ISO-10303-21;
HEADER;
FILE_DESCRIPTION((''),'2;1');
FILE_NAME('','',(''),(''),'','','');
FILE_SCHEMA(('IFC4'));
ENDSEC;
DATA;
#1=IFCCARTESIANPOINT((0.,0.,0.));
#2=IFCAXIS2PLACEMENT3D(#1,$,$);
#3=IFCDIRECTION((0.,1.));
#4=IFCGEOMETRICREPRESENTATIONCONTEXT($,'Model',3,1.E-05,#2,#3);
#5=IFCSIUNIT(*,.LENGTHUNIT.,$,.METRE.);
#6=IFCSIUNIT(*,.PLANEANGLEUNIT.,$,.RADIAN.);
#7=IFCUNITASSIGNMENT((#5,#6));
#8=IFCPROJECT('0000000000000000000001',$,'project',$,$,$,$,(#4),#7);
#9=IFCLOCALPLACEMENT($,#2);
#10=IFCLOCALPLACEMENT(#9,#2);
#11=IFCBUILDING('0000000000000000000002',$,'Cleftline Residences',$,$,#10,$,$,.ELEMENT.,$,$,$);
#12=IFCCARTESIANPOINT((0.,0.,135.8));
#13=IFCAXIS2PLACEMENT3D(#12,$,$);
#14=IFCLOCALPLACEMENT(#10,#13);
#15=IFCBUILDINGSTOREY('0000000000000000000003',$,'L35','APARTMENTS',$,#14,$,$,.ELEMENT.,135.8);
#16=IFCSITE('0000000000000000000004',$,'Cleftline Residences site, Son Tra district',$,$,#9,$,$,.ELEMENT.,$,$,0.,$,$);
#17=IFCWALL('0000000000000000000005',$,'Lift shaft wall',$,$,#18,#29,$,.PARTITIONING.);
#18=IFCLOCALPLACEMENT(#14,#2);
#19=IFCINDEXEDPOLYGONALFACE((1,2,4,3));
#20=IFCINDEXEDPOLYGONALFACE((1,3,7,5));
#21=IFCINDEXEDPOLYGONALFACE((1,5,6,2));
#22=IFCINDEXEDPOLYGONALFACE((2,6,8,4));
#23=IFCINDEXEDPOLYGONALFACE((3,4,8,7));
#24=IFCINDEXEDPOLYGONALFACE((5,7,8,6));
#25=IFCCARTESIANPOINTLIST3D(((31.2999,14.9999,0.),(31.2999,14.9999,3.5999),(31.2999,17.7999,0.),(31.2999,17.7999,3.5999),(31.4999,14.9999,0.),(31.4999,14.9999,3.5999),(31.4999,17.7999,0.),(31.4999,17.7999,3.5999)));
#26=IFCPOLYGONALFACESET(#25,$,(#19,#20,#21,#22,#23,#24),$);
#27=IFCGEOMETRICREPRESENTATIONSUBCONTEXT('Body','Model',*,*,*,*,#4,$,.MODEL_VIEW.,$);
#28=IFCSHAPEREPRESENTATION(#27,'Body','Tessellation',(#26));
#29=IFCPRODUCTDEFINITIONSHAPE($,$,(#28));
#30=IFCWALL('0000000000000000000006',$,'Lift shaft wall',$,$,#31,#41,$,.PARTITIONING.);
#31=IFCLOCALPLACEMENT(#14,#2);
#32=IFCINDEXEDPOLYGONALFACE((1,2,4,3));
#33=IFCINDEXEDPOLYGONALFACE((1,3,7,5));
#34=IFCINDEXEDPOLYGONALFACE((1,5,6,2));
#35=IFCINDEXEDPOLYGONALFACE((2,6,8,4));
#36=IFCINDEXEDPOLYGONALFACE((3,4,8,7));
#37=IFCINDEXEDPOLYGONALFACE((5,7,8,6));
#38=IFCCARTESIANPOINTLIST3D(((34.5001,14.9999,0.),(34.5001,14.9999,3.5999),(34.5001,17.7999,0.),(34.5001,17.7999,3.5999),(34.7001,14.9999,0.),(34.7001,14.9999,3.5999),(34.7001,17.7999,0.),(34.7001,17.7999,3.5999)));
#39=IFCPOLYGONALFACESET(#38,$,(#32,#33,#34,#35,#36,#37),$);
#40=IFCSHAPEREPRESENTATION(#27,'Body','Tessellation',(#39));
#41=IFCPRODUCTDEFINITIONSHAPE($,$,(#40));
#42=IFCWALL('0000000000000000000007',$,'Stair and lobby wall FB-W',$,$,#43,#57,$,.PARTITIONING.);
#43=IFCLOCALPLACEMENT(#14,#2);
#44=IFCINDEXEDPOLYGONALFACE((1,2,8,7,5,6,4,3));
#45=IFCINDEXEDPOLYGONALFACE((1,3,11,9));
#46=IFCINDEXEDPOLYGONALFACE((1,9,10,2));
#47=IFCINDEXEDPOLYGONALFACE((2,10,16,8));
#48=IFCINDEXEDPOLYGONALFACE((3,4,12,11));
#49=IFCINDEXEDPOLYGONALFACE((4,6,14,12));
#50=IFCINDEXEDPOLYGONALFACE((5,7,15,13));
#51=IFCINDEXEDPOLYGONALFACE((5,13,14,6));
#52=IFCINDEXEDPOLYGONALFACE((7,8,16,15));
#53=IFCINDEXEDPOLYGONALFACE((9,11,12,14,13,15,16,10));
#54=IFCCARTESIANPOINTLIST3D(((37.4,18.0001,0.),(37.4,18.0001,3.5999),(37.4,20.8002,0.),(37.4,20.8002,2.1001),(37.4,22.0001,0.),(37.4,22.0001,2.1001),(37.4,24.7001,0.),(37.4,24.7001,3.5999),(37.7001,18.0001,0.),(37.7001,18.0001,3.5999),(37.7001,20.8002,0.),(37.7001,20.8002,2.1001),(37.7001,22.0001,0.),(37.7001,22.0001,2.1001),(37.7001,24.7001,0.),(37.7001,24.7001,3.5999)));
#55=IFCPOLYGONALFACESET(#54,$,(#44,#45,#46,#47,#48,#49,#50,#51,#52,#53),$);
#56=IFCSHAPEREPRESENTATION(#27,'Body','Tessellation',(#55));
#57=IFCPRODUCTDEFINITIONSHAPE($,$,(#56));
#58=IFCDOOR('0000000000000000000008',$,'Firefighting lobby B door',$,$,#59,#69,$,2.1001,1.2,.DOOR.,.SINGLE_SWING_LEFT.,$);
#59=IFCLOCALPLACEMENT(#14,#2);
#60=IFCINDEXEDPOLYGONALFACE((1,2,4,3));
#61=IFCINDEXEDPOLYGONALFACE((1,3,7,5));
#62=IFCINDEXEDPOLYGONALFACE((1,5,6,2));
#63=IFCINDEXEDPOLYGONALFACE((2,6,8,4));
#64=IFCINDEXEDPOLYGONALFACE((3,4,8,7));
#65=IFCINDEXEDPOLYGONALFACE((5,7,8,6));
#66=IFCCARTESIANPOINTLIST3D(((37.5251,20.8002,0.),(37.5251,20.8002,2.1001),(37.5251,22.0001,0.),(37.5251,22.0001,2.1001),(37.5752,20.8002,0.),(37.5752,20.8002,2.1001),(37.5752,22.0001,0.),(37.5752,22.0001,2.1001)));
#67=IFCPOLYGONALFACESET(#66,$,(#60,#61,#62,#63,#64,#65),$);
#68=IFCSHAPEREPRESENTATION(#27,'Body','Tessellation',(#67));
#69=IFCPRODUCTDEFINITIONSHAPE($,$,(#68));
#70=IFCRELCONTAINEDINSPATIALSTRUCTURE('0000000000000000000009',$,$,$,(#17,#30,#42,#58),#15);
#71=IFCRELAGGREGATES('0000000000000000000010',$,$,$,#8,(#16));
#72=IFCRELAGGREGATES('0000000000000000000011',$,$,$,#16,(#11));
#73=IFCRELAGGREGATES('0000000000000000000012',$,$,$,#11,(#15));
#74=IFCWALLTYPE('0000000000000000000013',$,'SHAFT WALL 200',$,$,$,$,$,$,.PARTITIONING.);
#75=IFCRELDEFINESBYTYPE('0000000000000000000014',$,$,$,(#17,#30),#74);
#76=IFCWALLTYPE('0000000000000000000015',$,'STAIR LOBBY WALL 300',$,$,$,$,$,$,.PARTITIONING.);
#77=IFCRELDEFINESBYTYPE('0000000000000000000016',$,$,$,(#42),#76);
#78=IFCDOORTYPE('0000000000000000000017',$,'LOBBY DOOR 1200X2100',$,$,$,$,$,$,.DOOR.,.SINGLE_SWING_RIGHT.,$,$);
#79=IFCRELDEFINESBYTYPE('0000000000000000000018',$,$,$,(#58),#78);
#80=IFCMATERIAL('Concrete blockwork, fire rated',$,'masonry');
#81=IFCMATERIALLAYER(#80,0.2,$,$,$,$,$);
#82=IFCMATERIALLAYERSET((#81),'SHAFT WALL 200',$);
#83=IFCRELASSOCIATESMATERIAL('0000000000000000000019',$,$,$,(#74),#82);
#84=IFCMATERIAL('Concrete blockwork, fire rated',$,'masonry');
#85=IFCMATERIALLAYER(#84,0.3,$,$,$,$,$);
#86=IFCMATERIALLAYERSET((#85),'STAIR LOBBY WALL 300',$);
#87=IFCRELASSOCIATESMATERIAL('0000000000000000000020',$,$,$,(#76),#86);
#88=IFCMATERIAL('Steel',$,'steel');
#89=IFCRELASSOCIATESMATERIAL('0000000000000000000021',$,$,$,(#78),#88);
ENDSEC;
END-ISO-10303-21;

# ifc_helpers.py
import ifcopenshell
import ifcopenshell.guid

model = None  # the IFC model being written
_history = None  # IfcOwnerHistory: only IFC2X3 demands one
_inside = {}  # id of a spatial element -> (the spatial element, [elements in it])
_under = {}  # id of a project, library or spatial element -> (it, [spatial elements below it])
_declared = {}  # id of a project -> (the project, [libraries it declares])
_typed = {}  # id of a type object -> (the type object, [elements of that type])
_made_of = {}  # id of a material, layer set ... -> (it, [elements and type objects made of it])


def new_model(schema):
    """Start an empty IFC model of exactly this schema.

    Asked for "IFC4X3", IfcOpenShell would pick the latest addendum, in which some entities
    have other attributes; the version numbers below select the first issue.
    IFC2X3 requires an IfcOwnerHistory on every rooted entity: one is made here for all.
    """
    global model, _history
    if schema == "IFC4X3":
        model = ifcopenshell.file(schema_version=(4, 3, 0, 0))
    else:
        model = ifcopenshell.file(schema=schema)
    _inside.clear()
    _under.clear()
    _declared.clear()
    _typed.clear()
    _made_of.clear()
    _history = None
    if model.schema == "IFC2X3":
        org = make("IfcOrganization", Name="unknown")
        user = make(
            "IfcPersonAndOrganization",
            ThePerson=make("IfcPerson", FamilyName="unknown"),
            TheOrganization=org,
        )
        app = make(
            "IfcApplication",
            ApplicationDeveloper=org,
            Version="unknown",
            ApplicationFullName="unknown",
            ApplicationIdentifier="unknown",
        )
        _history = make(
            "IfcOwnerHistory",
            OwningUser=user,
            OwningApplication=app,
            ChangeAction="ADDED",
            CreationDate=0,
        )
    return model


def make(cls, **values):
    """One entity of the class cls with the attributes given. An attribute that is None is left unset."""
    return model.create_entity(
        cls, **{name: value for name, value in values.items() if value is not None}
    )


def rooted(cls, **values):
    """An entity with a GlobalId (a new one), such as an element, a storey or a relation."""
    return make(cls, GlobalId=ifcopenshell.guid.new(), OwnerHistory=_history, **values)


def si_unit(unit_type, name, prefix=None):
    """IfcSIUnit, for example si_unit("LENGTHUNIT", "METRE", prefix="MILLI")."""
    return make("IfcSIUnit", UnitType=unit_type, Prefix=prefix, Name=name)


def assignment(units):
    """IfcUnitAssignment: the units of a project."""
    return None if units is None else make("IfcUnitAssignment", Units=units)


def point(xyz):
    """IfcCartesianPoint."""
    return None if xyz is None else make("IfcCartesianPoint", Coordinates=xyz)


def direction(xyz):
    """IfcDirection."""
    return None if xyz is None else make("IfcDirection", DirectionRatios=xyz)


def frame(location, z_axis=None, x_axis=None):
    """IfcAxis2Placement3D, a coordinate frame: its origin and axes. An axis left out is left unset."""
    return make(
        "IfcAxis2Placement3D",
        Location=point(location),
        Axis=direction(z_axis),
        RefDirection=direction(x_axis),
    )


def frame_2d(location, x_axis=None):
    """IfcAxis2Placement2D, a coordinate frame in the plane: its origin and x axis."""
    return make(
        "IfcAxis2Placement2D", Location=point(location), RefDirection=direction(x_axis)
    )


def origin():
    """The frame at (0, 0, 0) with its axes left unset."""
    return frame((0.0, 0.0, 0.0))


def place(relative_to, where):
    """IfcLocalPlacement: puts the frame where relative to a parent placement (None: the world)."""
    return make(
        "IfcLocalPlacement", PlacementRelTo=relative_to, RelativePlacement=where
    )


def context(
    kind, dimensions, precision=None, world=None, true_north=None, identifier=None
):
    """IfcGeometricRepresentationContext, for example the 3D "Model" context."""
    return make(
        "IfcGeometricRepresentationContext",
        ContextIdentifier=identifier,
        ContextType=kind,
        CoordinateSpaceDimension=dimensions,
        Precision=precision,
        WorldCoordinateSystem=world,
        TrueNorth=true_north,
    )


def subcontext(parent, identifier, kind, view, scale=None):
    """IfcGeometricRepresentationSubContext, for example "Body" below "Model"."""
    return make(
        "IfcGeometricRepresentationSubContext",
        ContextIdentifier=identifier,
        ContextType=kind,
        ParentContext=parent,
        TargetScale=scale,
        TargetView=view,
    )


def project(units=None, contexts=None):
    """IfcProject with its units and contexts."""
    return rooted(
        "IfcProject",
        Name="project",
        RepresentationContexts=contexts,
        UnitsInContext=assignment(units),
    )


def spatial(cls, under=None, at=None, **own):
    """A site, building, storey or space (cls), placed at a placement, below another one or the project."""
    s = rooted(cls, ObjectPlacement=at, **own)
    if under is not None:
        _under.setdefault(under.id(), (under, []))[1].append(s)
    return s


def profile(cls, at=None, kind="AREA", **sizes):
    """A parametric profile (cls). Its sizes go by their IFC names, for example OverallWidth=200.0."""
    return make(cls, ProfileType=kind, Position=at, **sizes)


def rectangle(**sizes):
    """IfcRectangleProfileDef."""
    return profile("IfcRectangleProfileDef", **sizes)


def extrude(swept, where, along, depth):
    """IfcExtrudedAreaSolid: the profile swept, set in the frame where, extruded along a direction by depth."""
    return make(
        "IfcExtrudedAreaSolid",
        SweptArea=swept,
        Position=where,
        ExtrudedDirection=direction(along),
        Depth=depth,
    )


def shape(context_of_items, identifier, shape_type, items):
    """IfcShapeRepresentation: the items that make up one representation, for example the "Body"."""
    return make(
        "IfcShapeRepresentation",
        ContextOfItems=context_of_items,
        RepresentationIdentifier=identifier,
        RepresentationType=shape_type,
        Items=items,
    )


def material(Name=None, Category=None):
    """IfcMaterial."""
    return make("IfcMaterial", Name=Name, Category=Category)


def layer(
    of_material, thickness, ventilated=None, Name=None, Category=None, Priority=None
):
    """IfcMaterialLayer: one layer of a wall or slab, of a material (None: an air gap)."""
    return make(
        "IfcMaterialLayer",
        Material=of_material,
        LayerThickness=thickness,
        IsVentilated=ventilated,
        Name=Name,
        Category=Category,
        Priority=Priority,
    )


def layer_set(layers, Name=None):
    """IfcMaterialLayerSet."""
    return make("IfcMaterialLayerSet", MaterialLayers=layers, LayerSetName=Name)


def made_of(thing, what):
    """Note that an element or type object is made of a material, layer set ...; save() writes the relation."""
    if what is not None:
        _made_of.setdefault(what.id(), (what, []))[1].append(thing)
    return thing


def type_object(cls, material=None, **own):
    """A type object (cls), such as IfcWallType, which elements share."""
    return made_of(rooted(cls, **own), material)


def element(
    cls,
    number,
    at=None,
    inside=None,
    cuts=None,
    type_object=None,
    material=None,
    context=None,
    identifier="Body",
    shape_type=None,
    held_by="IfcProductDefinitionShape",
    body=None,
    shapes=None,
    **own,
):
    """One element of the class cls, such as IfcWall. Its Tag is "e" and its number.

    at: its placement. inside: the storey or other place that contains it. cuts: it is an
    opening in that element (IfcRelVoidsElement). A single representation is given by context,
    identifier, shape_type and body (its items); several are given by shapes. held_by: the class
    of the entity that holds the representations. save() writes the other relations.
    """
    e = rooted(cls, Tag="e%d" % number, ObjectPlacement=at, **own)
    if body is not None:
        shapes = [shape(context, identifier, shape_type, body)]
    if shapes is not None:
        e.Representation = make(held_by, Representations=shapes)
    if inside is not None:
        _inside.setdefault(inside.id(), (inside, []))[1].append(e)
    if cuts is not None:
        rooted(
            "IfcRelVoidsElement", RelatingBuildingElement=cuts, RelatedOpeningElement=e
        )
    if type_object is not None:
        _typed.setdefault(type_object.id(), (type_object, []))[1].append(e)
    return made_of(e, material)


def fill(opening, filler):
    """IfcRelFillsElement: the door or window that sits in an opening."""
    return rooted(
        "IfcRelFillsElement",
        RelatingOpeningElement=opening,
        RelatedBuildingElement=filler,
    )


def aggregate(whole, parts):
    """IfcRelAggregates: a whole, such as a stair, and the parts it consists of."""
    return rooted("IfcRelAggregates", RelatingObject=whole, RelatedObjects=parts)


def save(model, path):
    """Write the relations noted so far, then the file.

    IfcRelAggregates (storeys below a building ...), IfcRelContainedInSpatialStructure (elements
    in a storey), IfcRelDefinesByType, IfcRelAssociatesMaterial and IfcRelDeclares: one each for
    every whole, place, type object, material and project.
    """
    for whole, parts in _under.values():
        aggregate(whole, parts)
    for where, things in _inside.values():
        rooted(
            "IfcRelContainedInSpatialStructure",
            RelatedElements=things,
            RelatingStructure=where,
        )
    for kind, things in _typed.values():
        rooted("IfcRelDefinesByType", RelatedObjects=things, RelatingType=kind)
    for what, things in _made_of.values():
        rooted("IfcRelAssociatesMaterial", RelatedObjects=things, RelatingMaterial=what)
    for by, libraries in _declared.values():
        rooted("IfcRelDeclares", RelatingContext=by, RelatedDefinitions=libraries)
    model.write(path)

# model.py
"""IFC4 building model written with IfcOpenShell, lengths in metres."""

from ifc_helpers import new_model, si_unit, direction, frame, frame_2d, origin, place, context, subcontext, project, spatial, rectangle, extrude, material, layer, layer_set, type_object, element, fill, save


model = new_model("IFC4")

# Units and contexts
model_context = context("Model", 3, precision=1e-05, world=origin(), true_north=direction((0.0, 1.0)))
body_context = subcontext(model_context, "Body", "Model", "MODEL_VIEW")
ifc_project = project(units=[si_unit("LENGTHUNIT", "METRE"), si_unit("PLANEANGLEUNIT", "RADIAN")], contexts=[model_context])

# Site, building, storey
site_placement = place(None, origin())
site = spatial("IfcSite", under=ifc_project, at=site_placement, Name="Cleftline Residences site, Son Tra district", CompositionType="ELEMENT", RefElevation=0.0)
building_placement = place(site_placement, origin())
building = spatial("IfcBuilding", under=site, at=building_placement, Name="Cleftline Residences", CompositionType="ELEMENT")
storey_placement = place(building_placement, frame((0.0, 0.0, 135.8)))
storey = spatial("IfcBuildingStorey", under=building, at=storey_placement, Name="L35", Description="APARTMENTS", CompositionType="ELEMENT", Elevation=135.8)

# Walls
ifc_material_1 = material(Name="Concrete blockwork, fire rated", Category="masonry")
ifc_layer_1 = layer(ifc_material_1, 0.2)
ifc_layer_set_1 = layer_set([ifc_layer_1], Name="SHAFT WALL 200")
wall_type_1 = type_object("IfcWallType", Name="SHAFT WALL 200", PredefinedType="PARTITIONING", material=ifc_layer_set_1)
for number, where, z_axis, x_axis, name in (
    (1, (31.3999, 15.0, 0.0), (0.0, 0.0, 1.0), (0.0, 1.0, 0.0), "Lift shaft wall"),
    (2, (34.6001, 15.0, 0.0), (0.0, 0.0, 1.0), (0.0, 1.0, 0.0), "Lift shaft wall"),
):
    element("IfcWall", number, at=place(storey_placement, frame(where, z_axis=z_axis, x_axis=x_axis)), inside=storey, type_object=wall_type_1, Name=name, PredefinedType="PARTITIONING", context=body_context, shape_type="SweptSolid", body=[
        extrude(rectangle(XDim=2.8, YDim=0.2, at=frame_2d((1.3999, 0.0))), origin(), (0.0, 0.0, 1.0), 3.5999),
    ])

# Wall, opening, door
ifc_material_2 = material(Name="Concrete blockwork, fire rated", Category="masonry")
ifc_layer_2 = layer(ifc_material_2, 0.3)
ifc_layer_set_2 = layer_set([ifc_layer_2], Name="STAIR LOBBY WALL 300")
wall_type_2 = type_object("IfcWallType", Name="STAIR LOBBY WALL 300", PredefinedType="PARTITIONING", material=ifc_layer_set_2)
wall_1_placement = place(storey_placement, frame((37.55, 18.0, 0.0), z_axis=(0.0, 0.0, 1.0), x_axis=(0.0, 1.0, 0.0)))
wall_1 = element("IfcWall", 3, at=wall_1_placement, inside=storey, type_object=wall_type_2, Name="Stair and lobby wall FB-W", PredefinedType="PARTITIONING", context=body_context, shape_type="SweptSolid", body=[
    extrude(rectangle(XDim=6.7, YDim=0.3, at=frame_2d((3.3501, 0.0))), origin(), (0.0, 0.0, 1.0), 3.5999),
])
opening_1_placement = place(wall_1_placement, frame((2.8, 0.0, 0.0)))
opening_1 = element("IfcOpeningElement", 4, at=opening_1_placement, cuts=wall_1, PredefinedType="OPENING", context=body_context, shape_type="SweptSolid", body=[
    extrude(rectangle(XDim=1.2, YDim=2.1001, at=frame_2d((0.6001, 1.05))), frame((0.0, 0.1599, 0.0), z_axis=(0.0, -1.0, 0.0), x_axis=(1.0, 0.0, 0.0)), (0.0, 0.0, 1.0), 0.3201),
])
ifc_material_3 = material(Name="Steel", Category="steel")
door_type_1 = type_object("IfcDoorType", Name="LOBBY DOOR 1200X2100", OperationType="SINGLE_SWING_RIGHT", PredefinedType="DOOR", material=ifc_material_3)
door_1_placement = place(opening_1_placement, origin())
door_1 = element("IfcDoor", 5, at=door_1_placement, inside=storey, type_object=door_type_1, Name="Firefighting lobby B door", OperationType="SINGLE_SWING_LEFT", OverallHeight=2.1001, OverallWidth=1.2, PredefinedType="DOOR", context=body_context, shape_type="SweptSolid", body=[
    extrude(rectangle(XDim=1.2, YDim=2.1001, at=frame_2d((0.6001, 1.05))), frame((0.0, 0.0249, 0.0), z_axis=(0.0, -1.0, 0.0), x_axis=(1.0, 0.0, 0.0)), (0.0, 0.0, 1.0), 0.05),
])
fill(opening_1, door_1)

save(model, "model.ifc")
